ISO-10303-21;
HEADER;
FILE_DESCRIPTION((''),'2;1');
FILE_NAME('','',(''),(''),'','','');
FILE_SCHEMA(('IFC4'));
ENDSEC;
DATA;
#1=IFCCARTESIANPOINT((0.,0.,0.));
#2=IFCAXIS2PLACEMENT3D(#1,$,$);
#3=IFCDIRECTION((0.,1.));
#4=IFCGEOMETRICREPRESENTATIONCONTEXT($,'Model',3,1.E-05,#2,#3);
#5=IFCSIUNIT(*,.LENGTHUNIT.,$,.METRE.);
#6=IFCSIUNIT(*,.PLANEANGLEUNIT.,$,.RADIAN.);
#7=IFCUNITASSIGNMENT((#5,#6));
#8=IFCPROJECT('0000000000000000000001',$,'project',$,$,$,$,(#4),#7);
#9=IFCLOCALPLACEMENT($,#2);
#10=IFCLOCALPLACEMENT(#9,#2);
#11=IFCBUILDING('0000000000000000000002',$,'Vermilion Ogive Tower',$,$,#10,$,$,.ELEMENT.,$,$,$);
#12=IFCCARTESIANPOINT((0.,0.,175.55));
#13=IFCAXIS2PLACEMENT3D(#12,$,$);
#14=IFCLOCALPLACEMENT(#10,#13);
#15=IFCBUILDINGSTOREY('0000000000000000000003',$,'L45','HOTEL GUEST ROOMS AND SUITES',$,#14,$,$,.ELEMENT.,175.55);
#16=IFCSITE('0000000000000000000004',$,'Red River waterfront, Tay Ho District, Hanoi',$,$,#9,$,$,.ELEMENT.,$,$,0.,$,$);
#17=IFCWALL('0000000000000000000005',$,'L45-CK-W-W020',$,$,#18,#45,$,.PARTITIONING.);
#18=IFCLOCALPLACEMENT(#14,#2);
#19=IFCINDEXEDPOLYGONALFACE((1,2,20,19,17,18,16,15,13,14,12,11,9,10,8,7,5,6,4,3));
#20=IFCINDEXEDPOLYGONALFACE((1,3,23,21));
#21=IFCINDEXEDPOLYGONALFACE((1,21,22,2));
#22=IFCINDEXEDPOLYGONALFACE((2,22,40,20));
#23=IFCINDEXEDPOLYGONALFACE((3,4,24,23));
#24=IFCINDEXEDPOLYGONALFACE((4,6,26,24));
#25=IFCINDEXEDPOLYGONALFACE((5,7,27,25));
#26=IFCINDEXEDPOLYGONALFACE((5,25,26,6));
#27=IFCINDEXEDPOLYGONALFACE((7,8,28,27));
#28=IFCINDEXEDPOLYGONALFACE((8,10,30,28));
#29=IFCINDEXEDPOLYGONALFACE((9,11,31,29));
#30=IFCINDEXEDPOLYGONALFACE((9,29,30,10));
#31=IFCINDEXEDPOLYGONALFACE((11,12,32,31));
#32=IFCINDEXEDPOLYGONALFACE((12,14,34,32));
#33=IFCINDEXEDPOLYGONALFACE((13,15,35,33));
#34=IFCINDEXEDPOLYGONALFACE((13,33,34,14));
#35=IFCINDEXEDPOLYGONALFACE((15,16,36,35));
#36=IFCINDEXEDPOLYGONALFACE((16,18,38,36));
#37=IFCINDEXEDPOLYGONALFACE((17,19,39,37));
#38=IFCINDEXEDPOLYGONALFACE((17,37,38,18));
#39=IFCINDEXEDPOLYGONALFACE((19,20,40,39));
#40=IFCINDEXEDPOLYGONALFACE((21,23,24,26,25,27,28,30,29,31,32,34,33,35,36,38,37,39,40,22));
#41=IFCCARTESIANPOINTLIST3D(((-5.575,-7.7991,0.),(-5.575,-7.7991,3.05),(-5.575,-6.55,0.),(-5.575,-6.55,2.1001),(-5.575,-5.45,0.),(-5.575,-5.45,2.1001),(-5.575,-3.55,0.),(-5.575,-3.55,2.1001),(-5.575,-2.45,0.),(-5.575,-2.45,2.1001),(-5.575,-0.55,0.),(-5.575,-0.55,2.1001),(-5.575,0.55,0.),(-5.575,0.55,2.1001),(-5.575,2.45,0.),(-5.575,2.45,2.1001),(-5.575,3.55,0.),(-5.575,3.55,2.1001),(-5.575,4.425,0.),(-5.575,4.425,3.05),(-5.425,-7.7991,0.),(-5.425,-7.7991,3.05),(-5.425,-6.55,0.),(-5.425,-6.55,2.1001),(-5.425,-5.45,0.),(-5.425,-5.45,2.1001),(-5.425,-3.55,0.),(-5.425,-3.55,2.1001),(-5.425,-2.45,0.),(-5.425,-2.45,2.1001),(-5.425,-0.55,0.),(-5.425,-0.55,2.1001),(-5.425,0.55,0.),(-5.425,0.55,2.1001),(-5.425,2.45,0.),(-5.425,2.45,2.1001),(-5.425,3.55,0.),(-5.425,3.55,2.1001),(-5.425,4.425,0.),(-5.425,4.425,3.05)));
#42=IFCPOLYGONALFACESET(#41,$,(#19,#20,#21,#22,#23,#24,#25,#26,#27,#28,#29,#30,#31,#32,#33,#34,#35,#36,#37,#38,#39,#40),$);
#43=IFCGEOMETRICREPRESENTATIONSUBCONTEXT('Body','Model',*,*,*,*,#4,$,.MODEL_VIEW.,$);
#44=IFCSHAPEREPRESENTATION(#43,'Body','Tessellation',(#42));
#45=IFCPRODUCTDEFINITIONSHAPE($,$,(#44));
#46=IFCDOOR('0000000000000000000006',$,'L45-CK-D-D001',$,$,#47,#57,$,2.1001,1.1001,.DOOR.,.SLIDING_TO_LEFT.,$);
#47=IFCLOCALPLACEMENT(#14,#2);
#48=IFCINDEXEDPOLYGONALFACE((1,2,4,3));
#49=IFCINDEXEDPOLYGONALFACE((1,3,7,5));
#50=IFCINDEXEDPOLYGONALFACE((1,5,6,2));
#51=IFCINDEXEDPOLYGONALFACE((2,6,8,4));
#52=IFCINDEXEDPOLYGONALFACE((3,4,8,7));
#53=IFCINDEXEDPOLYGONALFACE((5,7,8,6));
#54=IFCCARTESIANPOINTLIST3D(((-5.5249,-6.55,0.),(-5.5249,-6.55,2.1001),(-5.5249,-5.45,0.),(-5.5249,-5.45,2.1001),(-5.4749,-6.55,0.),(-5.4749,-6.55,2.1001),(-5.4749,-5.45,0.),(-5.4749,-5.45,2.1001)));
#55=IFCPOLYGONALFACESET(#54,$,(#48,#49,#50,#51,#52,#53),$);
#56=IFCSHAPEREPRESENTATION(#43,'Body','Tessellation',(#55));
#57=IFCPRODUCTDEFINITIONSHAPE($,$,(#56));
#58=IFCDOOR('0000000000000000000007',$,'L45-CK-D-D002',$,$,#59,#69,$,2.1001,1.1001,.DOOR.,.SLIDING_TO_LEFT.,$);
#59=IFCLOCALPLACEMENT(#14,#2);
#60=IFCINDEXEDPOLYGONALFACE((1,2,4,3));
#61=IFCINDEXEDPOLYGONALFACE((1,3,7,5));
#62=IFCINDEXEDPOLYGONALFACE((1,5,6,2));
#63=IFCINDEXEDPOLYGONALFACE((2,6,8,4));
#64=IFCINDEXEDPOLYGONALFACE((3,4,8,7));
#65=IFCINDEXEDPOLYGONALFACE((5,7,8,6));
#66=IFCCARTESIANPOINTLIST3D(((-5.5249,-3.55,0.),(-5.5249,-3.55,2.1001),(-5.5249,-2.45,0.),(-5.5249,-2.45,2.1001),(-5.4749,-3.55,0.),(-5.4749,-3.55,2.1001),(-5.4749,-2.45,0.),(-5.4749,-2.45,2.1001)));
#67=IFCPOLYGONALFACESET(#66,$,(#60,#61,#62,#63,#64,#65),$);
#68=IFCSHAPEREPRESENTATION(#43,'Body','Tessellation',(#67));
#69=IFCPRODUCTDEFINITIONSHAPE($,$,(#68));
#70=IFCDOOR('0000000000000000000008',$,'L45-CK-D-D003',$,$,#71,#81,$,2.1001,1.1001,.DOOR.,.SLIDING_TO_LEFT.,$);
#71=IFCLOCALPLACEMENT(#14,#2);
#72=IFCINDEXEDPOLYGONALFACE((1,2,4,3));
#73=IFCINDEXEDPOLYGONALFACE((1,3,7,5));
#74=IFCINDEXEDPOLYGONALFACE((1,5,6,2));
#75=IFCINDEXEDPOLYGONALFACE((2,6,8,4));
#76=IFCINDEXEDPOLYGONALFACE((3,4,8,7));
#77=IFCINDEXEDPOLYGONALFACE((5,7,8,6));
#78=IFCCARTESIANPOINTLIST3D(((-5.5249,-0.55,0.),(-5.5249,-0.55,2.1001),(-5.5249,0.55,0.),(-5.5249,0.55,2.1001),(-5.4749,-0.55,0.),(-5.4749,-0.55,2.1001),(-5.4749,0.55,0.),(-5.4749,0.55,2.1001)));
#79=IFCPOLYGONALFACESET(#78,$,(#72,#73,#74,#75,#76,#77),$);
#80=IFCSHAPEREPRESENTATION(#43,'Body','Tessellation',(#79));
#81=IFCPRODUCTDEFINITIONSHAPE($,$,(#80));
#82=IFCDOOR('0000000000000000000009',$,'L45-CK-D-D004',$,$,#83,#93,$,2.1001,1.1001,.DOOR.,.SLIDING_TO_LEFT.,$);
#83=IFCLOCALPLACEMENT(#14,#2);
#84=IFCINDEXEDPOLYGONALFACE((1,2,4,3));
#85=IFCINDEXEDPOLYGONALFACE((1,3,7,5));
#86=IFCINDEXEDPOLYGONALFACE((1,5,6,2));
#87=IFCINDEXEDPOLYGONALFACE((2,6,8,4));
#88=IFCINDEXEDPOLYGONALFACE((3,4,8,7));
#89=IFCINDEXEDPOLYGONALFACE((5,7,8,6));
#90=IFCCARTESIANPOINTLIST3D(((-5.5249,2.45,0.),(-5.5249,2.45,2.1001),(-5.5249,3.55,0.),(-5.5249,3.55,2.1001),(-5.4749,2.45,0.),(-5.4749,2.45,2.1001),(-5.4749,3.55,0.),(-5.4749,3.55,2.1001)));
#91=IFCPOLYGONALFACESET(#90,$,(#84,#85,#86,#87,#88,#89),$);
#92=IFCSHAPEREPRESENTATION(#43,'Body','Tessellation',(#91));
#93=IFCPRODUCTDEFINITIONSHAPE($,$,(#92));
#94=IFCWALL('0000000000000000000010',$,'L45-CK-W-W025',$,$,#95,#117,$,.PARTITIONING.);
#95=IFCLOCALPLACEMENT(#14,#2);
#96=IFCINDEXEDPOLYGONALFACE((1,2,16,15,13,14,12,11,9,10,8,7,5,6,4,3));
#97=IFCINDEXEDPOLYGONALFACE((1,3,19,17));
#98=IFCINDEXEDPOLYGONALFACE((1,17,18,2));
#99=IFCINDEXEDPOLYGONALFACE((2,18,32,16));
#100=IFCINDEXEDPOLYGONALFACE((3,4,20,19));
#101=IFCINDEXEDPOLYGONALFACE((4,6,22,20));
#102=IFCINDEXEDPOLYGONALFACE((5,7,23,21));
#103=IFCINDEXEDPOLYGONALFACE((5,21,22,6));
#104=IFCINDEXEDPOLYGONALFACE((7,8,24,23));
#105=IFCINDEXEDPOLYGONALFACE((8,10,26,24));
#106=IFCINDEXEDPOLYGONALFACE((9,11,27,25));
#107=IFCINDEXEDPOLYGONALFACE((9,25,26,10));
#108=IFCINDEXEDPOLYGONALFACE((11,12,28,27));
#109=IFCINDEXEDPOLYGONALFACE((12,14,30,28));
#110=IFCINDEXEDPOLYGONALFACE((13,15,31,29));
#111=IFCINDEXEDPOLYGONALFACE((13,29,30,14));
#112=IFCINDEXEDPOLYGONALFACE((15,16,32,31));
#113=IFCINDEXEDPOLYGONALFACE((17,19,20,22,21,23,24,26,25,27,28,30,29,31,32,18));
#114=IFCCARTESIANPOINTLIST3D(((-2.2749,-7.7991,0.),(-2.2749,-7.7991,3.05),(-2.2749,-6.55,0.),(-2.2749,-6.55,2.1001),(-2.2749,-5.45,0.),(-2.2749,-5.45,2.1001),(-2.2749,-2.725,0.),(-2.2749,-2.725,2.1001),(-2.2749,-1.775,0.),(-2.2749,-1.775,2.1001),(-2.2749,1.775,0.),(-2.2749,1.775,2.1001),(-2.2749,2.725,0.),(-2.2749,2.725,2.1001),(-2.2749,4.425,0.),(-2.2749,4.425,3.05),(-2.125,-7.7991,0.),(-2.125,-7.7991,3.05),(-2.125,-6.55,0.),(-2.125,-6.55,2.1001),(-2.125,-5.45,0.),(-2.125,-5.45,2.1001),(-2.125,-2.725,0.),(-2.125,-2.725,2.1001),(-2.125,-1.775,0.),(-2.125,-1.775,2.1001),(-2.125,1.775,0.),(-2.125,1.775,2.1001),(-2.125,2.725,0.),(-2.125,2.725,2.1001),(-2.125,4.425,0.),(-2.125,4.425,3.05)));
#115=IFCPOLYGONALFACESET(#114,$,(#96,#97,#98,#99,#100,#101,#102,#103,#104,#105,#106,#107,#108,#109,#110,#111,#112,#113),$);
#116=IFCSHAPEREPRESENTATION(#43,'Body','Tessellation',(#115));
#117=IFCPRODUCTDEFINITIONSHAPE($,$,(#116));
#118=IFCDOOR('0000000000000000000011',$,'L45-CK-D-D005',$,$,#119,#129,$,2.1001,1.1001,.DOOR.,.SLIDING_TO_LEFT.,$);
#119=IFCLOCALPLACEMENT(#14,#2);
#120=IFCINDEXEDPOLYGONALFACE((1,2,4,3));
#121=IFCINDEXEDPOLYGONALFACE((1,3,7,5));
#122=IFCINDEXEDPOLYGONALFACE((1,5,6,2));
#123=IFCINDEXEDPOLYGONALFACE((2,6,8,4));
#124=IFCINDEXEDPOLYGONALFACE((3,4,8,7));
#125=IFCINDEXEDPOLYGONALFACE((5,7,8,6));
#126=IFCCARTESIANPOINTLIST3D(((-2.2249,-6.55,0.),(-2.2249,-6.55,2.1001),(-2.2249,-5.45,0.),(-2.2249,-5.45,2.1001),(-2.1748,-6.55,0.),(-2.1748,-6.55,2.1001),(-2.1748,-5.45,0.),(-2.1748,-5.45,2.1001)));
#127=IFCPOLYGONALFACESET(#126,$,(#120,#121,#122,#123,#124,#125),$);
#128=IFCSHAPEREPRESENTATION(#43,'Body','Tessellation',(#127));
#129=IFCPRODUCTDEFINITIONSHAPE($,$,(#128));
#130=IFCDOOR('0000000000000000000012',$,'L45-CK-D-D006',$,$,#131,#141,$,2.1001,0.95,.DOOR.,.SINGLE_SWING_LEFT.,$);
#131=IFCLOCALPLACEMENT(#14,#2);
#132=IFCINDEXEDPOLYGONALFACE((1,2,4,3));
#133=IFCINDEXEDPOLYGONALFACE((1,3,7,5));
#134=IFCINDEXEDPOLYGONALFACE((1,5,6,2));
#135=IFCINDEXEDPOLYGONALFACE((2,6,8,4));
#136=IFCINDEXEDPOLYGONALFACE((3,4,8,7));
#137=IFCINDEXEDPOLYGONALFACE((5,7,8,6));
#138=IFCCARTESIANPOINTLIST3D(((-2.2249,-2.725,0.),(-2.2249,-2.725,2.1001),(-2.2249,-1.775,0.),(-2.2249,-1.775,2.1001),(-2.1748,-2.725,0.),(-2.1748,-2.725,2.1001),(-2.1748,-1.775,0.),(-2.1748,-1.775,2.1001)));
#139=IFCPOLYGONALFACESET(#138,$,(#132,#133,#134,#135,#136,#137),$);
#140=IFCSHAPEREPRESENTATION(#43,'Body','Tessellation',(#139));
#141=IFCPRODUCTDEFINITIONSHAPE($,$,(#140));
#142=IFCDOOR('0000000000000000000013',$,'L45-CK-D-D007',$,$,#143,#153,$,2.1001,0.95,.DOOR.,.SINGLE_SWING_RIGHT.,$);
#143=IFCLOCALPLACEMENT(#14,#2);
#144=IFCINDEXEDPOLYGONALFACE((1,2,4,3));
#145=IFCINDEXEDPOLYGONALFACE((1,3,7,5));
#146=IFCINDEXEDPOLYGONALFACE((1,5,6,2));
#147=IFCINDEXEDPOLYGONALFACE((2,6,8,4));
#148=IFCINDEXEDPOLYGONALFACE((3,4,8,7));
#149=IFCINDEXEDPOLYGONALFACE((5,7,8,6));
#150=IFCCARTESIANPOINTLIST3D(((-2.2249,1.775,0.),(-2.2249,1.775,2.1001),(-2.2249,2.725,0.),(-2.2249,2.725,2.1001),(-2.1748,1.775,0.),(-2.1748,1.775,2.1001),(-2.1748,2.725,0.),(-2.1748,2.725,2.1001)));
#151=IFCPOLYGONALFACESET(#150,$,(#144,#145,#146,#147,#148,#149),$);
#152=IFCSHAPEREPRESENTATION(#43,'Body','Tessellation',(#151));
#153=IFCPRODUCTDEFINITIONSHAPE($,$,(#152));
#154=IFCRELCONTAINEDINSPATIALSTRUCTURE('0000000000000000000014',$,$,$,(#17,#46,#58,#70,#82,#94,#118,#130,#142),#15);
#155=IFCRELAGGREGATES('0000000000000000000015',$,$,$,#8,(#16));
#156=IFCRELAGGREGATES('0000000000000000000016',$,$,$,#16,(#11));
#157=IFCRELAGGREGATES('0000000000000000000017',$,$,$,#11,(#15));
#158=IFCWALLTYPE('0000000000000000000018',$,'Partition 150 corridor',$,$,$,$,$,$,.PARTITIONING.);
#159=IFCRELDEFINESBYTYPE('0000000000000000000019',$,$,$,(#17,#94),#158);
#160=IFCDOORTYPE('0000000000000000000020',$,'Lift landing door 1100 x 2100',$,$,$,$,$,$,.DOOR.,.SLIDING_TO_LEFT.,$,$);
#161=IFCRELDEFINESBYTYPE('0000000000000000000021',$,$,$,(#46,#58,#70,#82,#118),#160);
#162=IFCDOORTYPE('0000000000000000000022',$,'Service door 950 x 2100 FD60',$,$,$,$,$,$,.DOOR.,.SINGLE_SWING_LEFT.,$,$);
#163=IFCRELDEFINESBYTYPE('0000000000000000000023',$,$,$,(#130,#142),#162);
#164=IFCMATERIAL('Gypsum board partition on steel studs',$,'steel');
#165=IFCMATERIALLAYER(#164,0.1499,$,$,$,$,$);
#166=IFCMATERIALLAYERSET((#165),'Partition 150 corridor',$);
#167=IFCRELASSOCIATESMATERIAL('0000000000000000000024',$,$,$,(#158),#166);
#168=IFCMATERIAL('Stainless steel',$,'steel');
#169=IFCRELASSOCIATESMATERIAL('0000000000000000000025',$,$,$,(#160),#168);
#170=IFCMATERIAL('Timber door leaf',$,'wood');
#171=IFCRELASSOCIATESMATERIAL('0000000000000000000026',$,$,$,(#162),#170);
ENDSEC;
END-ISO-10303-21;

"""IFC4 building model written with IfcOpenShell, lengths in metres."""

from ifc_helpers import new_model, si_unit, direction, frame, frame_2d, origin, place, context, subcontext, project, spatial, rectangle, extrude, material, layer, layer_set, type_object, element, fill, save


model = new_model("IFC4")

# Units and contexts
model_context = context("Model", 3, precision=1e-05, world=origin(), true_north=direction((0.0, 1.0)))
body_context = subcontext(model_context, "Body", "Model", "MODEL_VIEW")
ifc_project = project(units=[si_unit("LENGTHUNIT", "METRE"), si_unit("PLANEANGLEUNIT", "RADIAN")], contexts=[model_context])

# Site, building, storey
site_placement = place(None, origin())
site = spatial("IfcSite", under=ifc_project, at=site_placement, Name="Red River waterfront, Tay Ho District, Hanoi", CompositionType="ELEMENT", RefElevation=0.0)
building_placement = place(site_placement, origin())
building = spatial("IfcBuilding", under=site, at=building_placement, Name="Vermilion Ogive Tower", CompositionType="ELEMENT")
storey_placement = place(building_placement, frame((0.0, 0.0, 175.55)))
storey = spatial("IfcBuildingStorey", under=building, at=storey_placement, Name="L45", Description="HOTEL GUEST ROOMS AND SUITES", CompositionType="ELEMENT", Elevation=175.55)

# Walls, openings, doors
ifc_material_1 = material(Name="Gypsum board partition on steel studs", Category="steel")
ifc_layer_1 = layer(ifc_material_1, 0.1499)
ifc_layer_set_1 = layer_set([ifc_layer_1], Name="Partition 150 corridor")
wall_type_1 = type_object("IfcWallType", Name="Partition 150 corridor", PredefinedType="PARTITIONING", material=ifc_layer_set_1)
wall_1_placement = place(storey_placement, frame((-5.5, -7.7991, 0.0), z_axis=(0.0, 0.0, 1.0), x_axis=(0.0, 1.0, 0.0)))
wall_1 = element("IfcWall", 1, at=wall_1_placement, inside=storey, type_object=wall_type_1, Name="L45-CK-W-W020", PredefinedType="PARTITIONING", context=body_context, shape_type="SweptSolid", body=[
    extrude(rectangle(XDim=12.2241, YDim=0.1499, at=frame_2d((6.1121, 0.0))), origin(), (0.0, 0.0, 1.0), 3.05),
])
opening_1_placement = place(wall_1_placement, frame((1.249, 0.0, 0.0)))
opening_1 = element("IfcOpeningElement", 2, at=opening_1_placement, cuts=wall_1, PredefinedType="OPENING", context=body_context, shape_type="SweptSolid", body=[
    extrude(rectangle(XDim=1.1001, YDim=2.1001, at=frame_2d((0.55, 1.05))), frame((0.0, 0.085, 0.0), z_axis=(0.0, -1.0, 0.0), x_axis=(1.0, 0.0, 0.0)), (0.0, 0.0, 1.0), 0.1699),
])
opening_2_placement = place(wall_1_placement, frame((4.249, 0.0, 0.0)))
opening_2 = element("IfcOpeningElement", 3, at=opening_2_placement, cuts=wall_1, PredefinedType="OPENING", context=body_context, shape_type="SweptSolid", body=[
    extrude(rectangle(XDim=1.1001, YDim=2.1001, at=frame_2d((0.55, 1.05))), frame((0.0, 0.085, 0.0), z_axis=(0.0, -1.0, 0.0), x_axis=(1.0, 0.0, 0.0)), (0.0, 0.0, 1.0), 0.1699),
])
opening_3_placement = place(wall_1_placement, frame((7.249, 0.0, 0.0)))
opening_3 = element("IfcOpeningElement", 4, at=opening_3_placement, cuts=wall_1, PredefinedType="OPENING", context=body_context, shape_type="SweptSolid", body=[
    extrude(rectangle(XDim=1.1001, YDim=2.1001, at=frame_2d((0.55, 1.05))), frame((0.0, 0.085, 0.0), z_axis=(0.0, -1.0, 0.0), x_axis=(1.0, 0.0, 0.0)), (0.0, 0.0, 1.0), 0.1699),
])
opening_4_placement = place(wall_1_placement, frame((10.249, 0.0, 0.0)))
opening_4 = element("IfcOpeningElement", 5, at=opening_4_placement, cuts=wall_1, PredefinedType="OPENING", context=body_context, shape_type="SweptSolid", body=[
    extrude(rectangle(XDim=1.1001, YDim=2.1001, at=frame_2d((0.55, 1.05))), frame((0.0, 0.085, 0.0), z_axis=(0.0, -1.0, 0.0), x_axis=(1.0, 0.0, 0.0)), (0.0, 0.0, 1.0), 0.1699),
])
ifc_material_2 = material(Name="Stainless steel", Category="steel")
door_type_1 = type_object("IfcDoorType", Name="Lift landing door 1100 x 2100", OperationType="SLIDING_TO_LEFT", PredefinedType="DOOR", material=ifc_material_2)
door_1_placement = place(opening_1_placement, origin())
door_1 = element("IfcDoor", 6, at=door_1_placement, inside=storey, type_object=door_type_1, Name="L45-CK-D-D001", OperationType="SLIDING_TO_LEFT", OverallHeight=2.1001, OverallWidth=1.1001, PredefinedType="DOOR", context=body_context, shape_type="SweptSolid", body=[
    extrude(rectangle(XDim=1.1001, YDim=2.1001, at=frame_2d((0.55, 1.05))), frame((0.0, 0.0249, 0.0), z_axis=(0.0, -1.0, 0.0), x_axis=(1.0, 0.0, 0.0)), (0.0, 0.0, 1.0), 0.05),
])
fill(opening_1, door_1)
door_2_placement = place(opening_2_placement, origin())
door_2 = element("IfcDoor", 7, at=door_2_placement, inside=storey, type_object=door_type_1, Name="L45-CK-D-D002", OperationType="SLIDING_TO_LEFT", OverallHeight=2.1001, OverallWidth=1.1001, PredefinedType="DOOR", context=body_context, shape_type="SweptSolid", body=[
    extrude(rectangle(XDim=1.1001, YDim=2.1001, at=frame_2d((0.55, 1.05))), frame((0.0, 0.0249, 0.0), z_axis=(0.0, -1.0, 0.0), x_axis=(1.0, 0.0, 0.0)), (0.0, 0.0, 1.0), 0.05),
])
fill(opening_2, door_2)
door_3_placement = place(opening_3_placement, origin())
door_3 = element("IfcDoor", 8, at=door_3_placement, inside=storey, type_object=door_type_1, Name="L45-CK-D-D003", OperationType="SLIDING_TO_LEFT", OverallHeight=2.1001, OverallWidth=1.1001, PredefinedType="DOOR", context=body_context, shape_type="SweptSolid", body=[
    extrude(rectangle(XDim=1.1001, YDim=2.1001, at=frame_2d((0.55, 1.05))), frame((0.0, 0.0249, 0.0), z_axis=(0.0, -1.0, 0.0), x_axis=(1.0, 0.0, 0.0)), (0.0, 0.0, 1.0), 0.05),
])
fill(opening_3, door_3)
door_4_placement = place(opening_4_placement, origin())
door_4 = element("IfcDoor", 9, at=door_4_placement, inside=storey, type_object=door_type_1, Name="L45-CK-D-D004", OperationType="SLIDING_TO_LEFT", OverallHeight=2.1001, OverallWidth=1.1001, PredefinedType="DOOR", context=body_context, shape_type="SweptSolid", body=[
    extrude(rectangle(XDim=1.1001, YDim=2.1001, at=frame_2d((0.55, 1.05))), frame((0.0, 0.0249, 0.0), z_axis=(0.0, -1.0, 0.0), x_axis=(1.0, 0.0, 0.0)), (0.0, 0.0, 1.0), 0.05),
])
fill(opening_4, door_4)
wall_2_placement = place(storey_placement, frame((-2.2, -7.7991, 0.0), z_axis=(0.0, 0.0, 1.0), x_axis=(0.0, 1.0, 0.0)))
wall_2 = element("IfcWall", 10, at=wall_2_placement, inside=storey, type_object=wall_type_1, Name="L45-CK-W-W025", PredefinedType="PARTITIONING", context=body_context, shape_type="SweptSolid", body=[
    extrude(rectangle(XDim=12.2241, YDim=0.1499, at=frame_2d((6.1121, 0.0))), origin(), (0.0, 0.0, 1.0), 3.05),
])
opening_5_placement = place(wall_2_placement, frame((1.249, 0.0, 0.0)))
opening_5 = element("IfcOpeningElement", 11, at=opening_5_placement, cuts=wall_2, PredefinedType="OPENING", context=body_context, shape_type="SweptSolid", body=[
    extrude(rectangle(XDim=1.1001, YDim=2.1001, at=frame_2d((0.55, 1.05))), frame((0.0, 0.085, 0.0), z_axis=(0.0, -1.0, 0.0), x_axis=(1.0, 0.0, 0.0)), (0.0, 0.0, 1.0), 0.1699),
])
opening_6_placement = place(wall_2_placement, frame((5.074, 0.0, 0.0)))
opening_6 = element("IfcOpeningElement", 12, at=opening_6_placement, cuts=wall_2, PredefinedType="OPENING", context=body_context, shape_type="SweptSolid", body=[
    extrude(rectangle(XDim=0.95, YDim=2.1001, at=frame_2d((0.4751, 1.05))), frame((0.0, 0.085, 0.0), z_axis=(0.0, -1.0, 0.0), x_axis=(1.0, 0.0, 0.0)), (0.0, 0.0, 1.0), 0.1699),
])
opening_7_placement = place(wall_2_placement, frame((9.574, 0.0, 0.0)))
opening_7 = element("IfcOpeningElement", 13, at=opening_7_placement, cuts=wall_2, PredefinedType="OPENING", context=body_context, shape_type="SweptSolid", body=[
    extrude(rectangle(XDim=0.95, YDim=2.1001, at=frame_2d((0.4751, 1.05))), frame((0.0, 0.085, 0.0), z_axis=(0.0, -1.0, 0.0), x_axis=(1.0, 0.0, 0.0)), (0.0, 0.0, 1.0), 0.1699),
])
door_5_placement = place(opening_5_placement, origin())
door_5 = element("IfcDoor", 14, at=door_5_placement, inside=storey, type_object=door_type_1, Name="L45-CK-D-D005", OperationType="SLIDING_TO_LEFT", OverallHeight=2.1001, OverallWidth=1.1001, PredefinedType="DOOR", context=body_context, shape_type="SweptSolid", body=[
    extrude(rectangle(XDim=1.1001, YDim=2.1001, at=frame_2d((0.55, 1.05))), frame((0.0, 0.0249, 0.0), z_axis=(0.0, -1.0, 0.0), x_axis=(1.0, 0.0, 0.0)), (0.0, 0.0, 1.0), 0.05),
])
fill(opening_5, door_5)
ifc_material_3 = material(Name="Timber door leaf", Category="wood")
door_type_2 = type_object("IfcDoorType", Name="Service door 950 x 2100 FD60", OperationType="SINGLE_SWING_LEFT", PredefinedType="DOOR", material=ifc_material_3)
door_6_placement = place(opening_6_placement, origin())
door_6 = element("IfcDoor", 15, at=door_6_placement, inside=storey, type_object=door_type_2, Name="L45-CK-D-D006", OperationType="SINGLE_SWING_LEFT", OverallHeight=2.1001, OverallWidth=0.95, PredefinedType="DOOR", context=body_context, shape_type="SweptSolid", body=[
    extrude(rectangle(XDim=0.95, YDim=2.1001, at=frame_2d((0.4751, 1.05))), frame((0.0, 0.0249, 0.0), z_axis=(0.0, -1.0, 0.0), x_axis=(1.0, 0.0, 0.0)), (0.0, 0.0, 1.0), 0.05),
])
fill(opening_6, door_6)
door_7_placement = place(opening_7_placement, origin())
door_7 = element("IfcDoor", 16, at=door_7_placement, inside=storey, type_object=door_type_2, Name="L45-CK-D-D007", OperationType="SINGLE_SWING_RIGHT", OverallHeight=2.1001, OverallWidth=0.95, PredefinedType="DOOR", context=body_context, shape_type="SweptSolid", body=[
    extrude(rectangle(XDim=0.95, YDim=2.1001, at=frame_2d((0.4751, 1.05))), frame((0.0, 0.0249, 0.0), z_axis=(0.0, -1.0, 0.0), x_axis=(1.0, 0.0, 0.0)), (0.0, 0.0, 1.0), 0.05),
])
fill(opening_7, door_7)

save(model, "model.ifc")
